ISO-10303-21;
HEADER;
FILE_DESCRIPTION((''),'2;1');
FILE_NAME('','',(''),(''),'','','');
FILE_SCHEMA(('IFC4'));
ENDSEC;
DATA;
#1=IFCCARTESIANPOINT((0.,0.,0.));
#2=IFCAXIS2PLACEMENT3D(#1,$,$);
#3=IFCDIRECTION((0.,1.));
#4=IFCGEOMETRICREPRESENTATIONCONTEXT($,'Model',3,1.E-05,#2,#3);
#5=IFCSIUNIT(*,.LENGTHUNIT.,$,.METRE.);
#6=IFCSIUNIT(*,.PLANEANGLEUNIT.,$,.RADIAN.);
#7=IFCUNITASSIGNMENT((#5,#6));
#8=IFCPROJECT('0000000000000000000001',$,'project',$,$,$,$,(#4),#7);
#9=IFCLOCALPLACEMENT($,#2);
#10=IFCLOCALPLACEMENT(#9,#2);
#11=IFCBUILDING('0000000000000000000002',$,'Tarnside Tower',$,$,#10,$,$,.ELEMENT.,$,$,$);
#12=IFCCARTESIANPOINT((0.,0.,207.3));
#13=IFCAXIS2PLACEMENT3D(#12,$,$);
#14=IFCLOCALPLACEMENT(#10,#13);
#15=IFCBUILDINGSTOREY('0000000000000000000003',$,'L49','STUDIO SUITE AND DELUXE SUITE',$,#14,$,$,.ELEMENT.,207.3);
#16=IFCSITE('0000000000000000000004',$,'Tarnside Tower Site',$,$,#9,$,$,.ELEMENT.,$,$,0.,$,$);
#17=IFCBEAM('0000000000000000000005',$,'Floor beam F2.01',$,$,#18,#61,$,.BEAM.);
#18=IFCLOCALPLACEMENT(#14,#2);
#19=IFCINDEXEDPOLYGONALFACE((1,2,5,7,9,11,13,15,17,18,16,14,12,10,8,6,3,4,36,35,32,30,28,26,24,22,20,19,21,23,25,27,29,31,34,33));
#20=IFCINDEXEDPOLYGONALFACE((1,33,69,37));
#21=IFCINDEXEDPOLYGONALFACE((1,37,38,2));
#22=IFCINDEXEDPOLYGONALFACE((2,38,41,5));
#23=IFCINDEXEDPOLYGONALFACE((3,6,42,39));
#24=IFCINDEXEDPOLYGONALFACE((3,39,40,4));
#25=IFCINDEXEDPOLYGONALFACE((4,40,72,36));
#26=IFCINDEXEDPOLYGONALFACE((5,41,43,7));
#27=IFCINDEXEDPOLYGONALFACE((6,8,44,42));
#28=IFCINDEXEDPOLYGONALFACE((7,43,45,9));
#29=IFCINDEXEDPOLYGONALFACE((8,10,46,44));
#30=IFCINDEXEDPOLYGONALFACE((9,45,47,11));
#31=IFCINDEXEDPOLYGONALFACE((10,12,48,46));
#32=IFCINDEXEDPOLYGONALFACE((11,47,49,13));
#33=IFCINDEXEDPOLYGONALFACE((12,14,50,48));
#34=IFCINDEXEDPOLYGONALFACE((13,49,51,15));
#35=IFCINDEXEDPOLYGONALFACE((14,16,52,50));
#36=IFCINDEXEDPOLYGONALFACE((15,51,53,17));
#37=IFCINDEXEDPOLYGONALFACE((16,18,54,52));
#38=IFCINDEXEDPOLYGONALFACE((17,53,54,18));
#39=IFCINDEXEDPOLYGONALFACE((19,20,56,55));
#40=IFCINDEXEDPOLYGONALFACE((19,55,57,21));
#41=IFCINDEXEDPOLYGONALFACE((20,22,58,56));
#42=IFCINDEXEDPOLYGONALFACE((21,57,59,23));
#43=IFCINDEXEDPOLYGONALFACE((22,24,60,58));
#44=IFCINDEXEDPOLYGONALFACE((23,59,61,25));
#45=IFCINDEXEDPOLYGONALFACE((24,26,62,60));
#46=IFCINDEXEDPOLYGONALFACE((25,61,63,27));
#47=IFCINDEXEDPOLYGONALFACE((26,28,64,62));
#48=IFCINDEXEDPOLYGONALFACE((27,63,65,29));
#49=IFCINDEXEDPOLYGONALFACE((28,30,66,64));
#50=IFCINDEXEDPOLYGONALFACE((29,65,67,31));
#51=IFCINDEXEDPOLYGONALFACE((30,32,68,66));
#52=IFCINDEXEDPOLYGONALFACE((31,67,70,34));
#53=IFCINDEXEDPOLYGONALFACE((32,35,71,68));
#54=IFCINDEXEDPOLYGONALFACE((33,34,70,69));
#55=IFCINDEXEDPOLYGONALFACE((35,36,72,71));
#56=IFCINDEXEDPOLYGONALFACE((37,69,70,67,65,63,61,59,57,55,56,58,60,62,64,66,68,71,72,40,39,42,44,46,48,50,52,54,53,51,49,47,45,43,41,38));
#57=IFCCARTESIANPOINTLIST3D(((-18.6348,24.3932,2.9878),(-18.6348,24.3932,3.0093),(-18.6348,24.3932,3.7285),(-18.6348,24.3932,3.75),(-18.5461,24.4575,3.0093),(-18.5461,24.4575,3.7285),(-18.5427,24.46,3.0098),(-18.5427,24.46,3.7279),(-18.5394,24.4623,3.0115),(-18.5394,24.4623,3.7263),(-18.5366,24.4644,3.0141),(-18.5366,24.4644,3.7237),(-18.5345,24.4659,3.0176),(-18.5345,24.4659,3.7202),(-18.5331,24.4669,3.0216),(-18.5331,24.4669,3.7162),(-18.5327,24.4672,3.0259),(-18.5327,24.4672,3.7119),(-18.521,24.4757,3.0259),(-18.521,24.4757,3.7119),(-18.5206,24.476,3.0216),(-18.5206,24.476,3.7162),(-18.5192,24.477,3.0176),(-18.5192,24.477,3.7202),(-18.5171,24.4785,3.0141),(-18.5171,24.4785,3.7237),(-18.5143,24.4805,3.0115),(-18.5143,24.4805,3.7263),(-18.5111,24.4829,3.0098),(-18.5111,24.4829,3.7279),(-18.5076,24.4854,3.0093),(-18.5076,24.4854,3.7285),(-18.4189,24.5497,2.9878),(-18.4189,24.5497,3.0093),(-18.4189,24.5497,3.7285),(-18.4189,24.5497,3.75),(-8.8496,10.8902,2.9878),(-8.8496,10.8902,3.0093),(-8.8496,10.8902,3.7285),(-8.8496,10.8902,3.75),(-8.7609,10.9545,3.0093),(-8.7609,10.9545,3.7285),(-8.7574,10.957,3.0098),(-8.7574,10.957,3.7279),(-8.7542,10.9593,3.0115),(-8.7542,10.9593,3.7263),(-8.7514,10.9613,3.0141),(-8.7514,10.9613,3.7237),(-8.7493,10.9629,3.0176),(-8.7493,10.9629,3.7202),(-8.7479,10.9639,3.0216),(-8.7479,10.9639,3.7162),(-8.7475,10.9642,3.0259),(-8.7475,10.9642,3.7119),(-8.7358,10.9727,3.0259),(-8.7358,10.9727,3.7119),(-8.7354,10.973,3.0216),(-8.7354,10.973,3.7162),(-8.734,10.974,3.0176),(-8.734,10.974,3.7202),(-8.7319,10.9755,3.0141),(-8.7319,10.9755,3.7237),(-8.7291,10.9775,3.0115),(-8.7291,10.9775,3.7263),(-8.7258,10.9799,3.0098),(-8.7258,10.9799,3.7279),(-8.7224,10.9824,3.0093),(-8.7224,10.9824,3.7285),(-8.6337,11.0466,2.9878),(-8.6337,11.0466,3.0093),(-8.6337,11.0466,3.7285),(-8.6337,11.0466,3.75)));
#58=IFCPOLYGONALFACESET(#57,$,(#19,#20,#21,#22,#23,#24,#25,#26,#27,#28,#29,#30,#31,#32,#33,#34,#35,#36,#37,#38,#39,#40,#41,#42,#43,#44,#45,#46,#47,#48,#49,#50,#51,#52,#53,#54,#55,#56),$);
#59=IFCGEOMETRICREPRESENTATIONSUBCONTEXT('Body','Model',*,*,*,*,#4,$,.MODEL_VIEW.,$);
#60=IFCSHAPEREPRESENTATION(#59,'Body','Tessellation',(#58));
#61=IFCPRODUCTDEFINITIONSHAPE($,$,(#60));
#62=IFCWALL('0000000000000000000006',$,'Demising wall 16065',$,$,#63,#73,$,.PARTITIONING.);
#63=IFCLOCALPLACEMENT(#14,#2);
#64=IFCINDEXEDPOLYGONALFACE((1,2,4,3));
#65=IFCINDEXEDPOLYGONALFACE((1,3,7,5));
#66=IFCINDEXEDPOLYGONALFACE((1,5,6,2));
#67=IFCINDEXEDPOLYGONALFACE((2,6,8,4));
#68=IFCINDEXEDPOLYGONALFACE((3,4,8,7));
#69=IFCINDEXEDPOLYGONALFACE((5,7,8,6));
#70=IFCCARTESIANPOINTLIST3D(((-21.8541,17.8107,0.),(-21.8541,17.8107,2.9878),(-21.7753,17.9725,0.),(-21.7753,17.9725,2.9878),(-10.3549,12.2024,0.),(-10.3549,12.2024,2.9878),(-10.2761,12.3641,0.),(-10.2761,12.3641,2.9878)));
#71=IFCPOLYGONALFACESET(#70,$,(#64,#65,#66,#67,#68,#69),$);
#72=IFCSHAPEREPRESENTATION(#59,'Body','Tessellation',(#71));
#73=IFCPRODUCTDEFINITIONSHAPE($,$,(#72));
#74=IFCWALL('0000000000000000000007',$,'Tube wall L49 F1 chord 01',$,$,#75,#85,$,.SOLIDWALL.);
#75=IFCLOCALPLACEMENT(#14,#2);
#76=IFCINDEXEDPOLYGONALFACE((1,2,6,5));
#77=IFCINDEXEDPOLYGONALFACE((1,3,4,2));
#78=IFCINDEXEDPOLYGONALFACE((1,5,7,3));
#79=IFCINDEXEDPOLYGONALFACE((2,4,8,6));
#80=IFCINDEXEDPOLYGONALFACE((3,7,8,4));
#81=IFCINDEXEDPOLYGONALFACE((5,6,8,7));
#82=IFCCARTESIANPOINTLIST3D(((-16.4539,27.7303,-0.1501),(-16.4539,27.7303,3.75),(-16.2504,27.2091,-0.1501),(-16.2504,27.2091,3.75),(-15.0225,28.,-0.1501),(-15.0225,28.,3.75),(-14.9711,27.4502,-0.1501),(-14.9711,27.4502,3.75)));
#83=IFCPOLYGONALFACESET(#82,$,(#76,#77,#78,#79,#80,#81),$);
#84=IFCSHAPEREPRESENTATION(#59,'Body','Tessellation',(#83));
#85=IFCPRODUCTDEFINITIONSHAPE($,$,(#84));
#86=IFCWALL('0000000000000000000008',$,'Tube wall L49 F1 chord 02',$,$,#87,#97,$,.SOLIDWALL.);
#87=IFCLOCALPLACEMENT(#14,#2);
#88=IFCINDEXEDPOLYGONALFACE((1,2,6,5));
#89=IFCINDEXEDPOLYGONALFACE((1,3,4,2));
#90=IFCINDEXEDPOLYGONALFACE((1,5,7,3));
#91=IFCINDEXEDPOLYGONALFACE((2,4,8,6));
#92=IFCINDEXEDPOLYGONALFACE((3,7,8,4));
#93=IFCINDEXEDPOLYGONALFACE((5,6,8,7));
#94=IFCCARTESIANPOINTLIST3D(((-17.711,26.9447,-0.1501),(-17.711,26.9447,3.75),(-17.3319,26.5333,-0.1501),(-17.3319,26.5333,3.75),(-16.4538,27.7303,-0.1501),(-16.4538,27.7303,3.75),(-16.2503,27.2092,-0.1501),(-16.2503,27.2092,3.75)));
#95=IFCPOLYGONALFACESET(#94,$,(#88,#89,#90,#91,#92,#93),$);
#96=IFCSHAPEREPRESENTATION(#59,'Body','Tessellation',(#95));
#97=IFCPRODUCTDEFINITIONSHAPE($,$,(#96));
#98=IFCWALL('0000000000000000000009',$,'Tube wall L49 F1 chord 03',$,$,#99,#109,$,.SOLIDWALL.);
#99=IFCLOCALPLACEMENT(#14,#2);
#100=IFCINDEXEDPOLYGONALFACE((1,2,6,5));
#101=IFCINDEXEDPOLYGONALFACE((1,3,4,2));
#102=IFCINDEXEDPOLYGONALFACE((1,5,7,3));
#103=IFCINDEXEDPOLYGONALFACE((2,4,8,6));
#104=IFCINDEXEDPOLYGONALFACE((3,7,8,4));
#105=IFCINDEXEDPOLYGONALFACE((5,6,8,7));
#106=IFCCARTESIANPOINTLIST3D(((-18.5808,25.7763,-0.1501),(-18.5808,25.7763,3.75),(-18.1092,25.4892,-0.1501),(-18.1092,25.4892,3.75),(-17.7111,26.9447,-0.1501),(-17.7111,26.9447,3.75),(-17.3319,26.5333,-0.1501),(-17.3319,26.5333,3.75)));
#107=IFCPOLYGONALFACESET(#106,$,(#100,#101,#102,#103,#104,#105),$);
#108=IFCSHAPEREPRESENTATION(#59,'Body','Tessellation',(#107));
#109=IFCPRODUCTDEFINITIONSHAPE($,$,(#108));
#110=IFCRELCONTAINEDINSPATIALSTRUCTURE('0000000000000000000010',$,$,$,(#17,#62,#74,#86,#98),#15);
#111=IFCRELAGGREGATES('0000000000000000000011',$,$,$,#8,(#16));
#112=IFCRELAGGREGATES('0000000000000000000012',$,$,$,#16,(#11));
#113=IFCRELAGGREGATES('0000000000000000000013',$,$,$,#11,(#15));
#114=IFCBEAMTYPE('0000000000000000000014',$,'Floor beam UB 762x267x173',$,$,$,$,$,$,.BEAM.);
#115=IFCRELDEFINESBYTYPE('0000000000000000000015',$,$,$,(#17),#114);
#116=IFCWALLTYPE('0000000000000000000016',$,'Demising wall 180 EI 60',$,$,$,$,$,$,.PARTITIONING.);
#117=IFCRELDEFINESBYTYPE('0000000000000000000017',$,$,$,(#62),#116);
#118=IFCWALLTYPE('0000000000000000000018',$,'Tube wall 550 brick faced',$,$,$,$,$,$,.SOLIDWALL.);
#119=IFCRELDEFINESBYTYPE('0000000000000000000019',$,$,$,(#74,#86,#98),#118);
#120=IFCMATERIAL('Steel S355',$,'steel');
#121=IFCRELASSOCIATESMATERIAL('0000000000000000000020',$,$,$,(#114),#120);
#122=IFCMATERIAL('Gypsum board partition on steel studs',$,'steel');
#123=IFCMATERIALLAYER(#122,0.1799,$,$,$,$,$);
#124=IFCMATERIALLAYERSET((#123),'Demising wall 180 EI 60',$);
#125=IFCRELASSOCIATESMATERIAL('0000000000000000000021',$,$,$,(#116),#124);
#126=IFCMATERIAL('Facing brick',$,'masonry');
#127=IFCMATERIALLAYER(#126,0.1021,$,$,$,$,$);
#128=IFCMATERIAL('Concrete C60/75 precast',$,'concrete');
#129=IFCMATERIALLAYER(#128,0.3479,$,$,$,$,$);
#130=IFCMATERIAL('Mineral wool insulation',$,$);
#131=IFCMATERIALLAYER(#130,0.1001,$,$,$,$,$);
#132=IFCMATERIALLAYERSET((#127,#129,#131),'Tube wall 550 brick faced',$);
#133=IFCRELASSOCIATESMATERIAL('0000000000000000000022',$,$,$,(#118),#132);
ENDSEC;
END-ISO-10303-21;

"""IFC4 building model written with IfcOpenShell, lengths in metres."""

from ifc_helpers import new_model, si_unit, direction, frame, frame_2d, origin, origin_2d, place, context, subcontext, project, spatial, polyline, rectangle, i_section, outline, extrude, material, layer, layer_set, material_profile, profile_set, type_object, element, save


model = new_model("IFC4")

# Units and contexts
model_context = context("Model", 3, precision=1e-05, world=origin(), true_north=direction((0.0, 1.0)))
body_context = subcontext(model_context, "Body", "Model", "MODEL_VIEW")
ifc_project = project(units=[si_unit("LENGTHUNIT", "METRE"), si_unit("PLANEANGLEUNIT", "RADIAN")], contexts=[model_context])

# Site, building, storey
site_placement = place(None, origin())
site = spatial("IfcSite", under=ifc_project, at=site_placement, Name="Tarnside Tower Site", CompositionType="ELEMENT", RefElevation=0.0)
building_placement = place(site_placement, origin())
building = spatial("IfcBuilding", under=site, at=building_placement, Name="Tarnside Tower", CompositionType="ELEMENT")
storey_placement = place(building_placement, frame((0.0, 0.0, 207.3)))
storey = spatial("IfcBuildingStorey", under=building, at=storey_placement, Name="L49", Description="STUDIO SUITE AND DELUXE SUITE", CompositionType="ELEMENT", Elevation=207.3)

# Beam
ifc_material_1 = material(Name="Steel S355", Category="steel")
ifc_material_profile_1 = material_profile(ifc_material_1, i_section(OverallWidth=0.2666, OverallDepth=0.7622, WebThickness=0.0144, FlangeThickness=0.0215, FilletRadius=0.0166, at=origin_2d()), Name="UB 762x267x173")
ifc_profile_set_1 = profile_set([ifc_material_profile_1], Name="Steel S355")
beam_type_1 = type_object("IfcBeamType", Name="Floor beam UB 762x267x173", PredefinedType="BEAM", material=ifc_profile_set_1)
beam_1_placement = place(storey_placement, frame((-18.5269, 24.4714, 3.3689), z_axis=(0.586792, -0.809738, 0.0), x_axis=(0.809738, 0.586792, 0.0)))
element("IfcBeam", 1, at=beam_1_placement, inside=storey, type_object=beam_type_1, Name="Floor beam F2.01", PredefinedType="BEAM", context=body_context, shape_type="SweptSolid", body=[
    extrude(i_section(OverallWidth=0.2666, OverallDepth=0.7622, WebThickness=0.0144, FlangeThickness=0.0215, FilletRadius=0.0166, at=origin_2d()), origin(), (0.0, 0.0, 1.0), 16.6758),
])

# Walls
ifc_material_2 = material(Name="Gypsum board partition on steel studs", Category="steel")
ifc_layer_1 = layer(ifc_material_2, 0.1799)
ifc_layer_set_1 = layer_set([ifc_layer_1], Name="Demising wall 180 EI 60")
wall_type_1 = type_object("IfcWallType", Name="Demising wall 180 EI 60", PredefinedType="PARTITIONING", material=ifc_layer_set_1)
wall_1_placement = place(storey_placement, frame((-21.8147, 17.8916, 0.0), z_axis=(0.0, 0.0, 1.0), x_axis=(0.898799, -0.43836, 0.0)))
element("IfcWall", 2, at=wall_1_placement, inside=storey, type_object=wall_type_1, Name="Demising wall 16065", PredefinedType="PARTITIONING", context=body_context, shape_type="SweptSolid", body=[
    extrude(rectangle(XDim=12.7939, YDim=0.1799, at=frame_2d((6.397, 0.0))), origin(), (0.0, 0.0, 1.0), 2.9878),
])
ifc_material_3 = material(Name="Facing brick", Category="masonry")
ifc_layer_2 = layer(ifc_material_3, 0.1021)
ifc_material_4 = material(Name="Concrete C60/75 precast", Category="concrete")
ifc_layer_3 = layer(ifc_material_4, 0.3479)
ifc_material_5 = material(Name="Mineral wool insulation")
ifc_layer_4 = layer(ifc_material_5, 0.1001)
ifc_layer_set_2 = layer_set([ifc_layer_2, ifc_layer_3, ifc_layer_4], Name="Tube wall 550 brick faced")
wall_type_2 = type_object("IfcWallType", Name="Tube wall 550 brick faced", PredefinedType="SOLIDWALL", material=ifc_layer_set_2)
wall_2_placement = place(storey_placement, frame((-14.9968, 27.7251, -0.1501), z_axis=(0.0, 0.0, 1.0), x_axis=(-0.982705, -0.185176, 0.0)))
element("IfcWall", 3, at=wall_2_placement, inside=storey, type_object=wall_type_2, Name="Tube wall L49 F1 chord 01", PredefinedType="SOLIDWALL", context=body_context, shape_type="SweptSolid", body=[
    extrude(outline(polyline([(-0.0256, -0.2749), (1.4309, -0.2749), (1.3274, 0.2749), (0.0256, 0.2749), (-0.0256, -0.2749)])), origin(), (0.0, 0.0, 1.0), 3.9001),
])
wall_3_placement = place(storey_placement, frame((-16.3521, 27.4697, -0.1501), z_axis=(0.0, 0.0, 1.0), x_axis=(-0.848058, -0.529903, 0.0)))
element("IfcWall", 4, at=wall_3_placement, inside=storey, type_object=wall_type_2, Name="Tube wall L49 F1 chord 02", PredefinedType="SOLIDWALL", context=body_context, shape_type="SweptSolid", body=[
    extrude(outline(polyline([(-0.0518, -0.2749), (1.4307, -0.2749), (1.3271, 0.2749), (0.0518, 0.2749), (-0.0518, -0.2749)])), origin(), (0.0, 0.0, 1.0), 3.9001),
])
wall_4_placement = place(storey_placement, frame((-17.5215, 26.739, -0.1501), z_axis=(0.0, 0.0, 1.0), x_axis=(-0.597135, -0.802141, 0.0)))
element("IfcWall", 5, at=wall_4_placement, inside=storey, type_object=wall_type_2, Name="Tube wall L49 F1 chord 03", PredefinedType="SOLIDWALL", context=body_context, shape_type="SweptSolid", body=[
    extrude(outline(polyline([(-0.0518, -0.2749), (1.4048, -0.2749), (1.3535, 0.2749), (0.0518, 0.2749), (-0.0518, -0.2749)])), origin(), (0.0, 0.0, 1.0), 3.9001),
])

save(model, "model.ifc")
